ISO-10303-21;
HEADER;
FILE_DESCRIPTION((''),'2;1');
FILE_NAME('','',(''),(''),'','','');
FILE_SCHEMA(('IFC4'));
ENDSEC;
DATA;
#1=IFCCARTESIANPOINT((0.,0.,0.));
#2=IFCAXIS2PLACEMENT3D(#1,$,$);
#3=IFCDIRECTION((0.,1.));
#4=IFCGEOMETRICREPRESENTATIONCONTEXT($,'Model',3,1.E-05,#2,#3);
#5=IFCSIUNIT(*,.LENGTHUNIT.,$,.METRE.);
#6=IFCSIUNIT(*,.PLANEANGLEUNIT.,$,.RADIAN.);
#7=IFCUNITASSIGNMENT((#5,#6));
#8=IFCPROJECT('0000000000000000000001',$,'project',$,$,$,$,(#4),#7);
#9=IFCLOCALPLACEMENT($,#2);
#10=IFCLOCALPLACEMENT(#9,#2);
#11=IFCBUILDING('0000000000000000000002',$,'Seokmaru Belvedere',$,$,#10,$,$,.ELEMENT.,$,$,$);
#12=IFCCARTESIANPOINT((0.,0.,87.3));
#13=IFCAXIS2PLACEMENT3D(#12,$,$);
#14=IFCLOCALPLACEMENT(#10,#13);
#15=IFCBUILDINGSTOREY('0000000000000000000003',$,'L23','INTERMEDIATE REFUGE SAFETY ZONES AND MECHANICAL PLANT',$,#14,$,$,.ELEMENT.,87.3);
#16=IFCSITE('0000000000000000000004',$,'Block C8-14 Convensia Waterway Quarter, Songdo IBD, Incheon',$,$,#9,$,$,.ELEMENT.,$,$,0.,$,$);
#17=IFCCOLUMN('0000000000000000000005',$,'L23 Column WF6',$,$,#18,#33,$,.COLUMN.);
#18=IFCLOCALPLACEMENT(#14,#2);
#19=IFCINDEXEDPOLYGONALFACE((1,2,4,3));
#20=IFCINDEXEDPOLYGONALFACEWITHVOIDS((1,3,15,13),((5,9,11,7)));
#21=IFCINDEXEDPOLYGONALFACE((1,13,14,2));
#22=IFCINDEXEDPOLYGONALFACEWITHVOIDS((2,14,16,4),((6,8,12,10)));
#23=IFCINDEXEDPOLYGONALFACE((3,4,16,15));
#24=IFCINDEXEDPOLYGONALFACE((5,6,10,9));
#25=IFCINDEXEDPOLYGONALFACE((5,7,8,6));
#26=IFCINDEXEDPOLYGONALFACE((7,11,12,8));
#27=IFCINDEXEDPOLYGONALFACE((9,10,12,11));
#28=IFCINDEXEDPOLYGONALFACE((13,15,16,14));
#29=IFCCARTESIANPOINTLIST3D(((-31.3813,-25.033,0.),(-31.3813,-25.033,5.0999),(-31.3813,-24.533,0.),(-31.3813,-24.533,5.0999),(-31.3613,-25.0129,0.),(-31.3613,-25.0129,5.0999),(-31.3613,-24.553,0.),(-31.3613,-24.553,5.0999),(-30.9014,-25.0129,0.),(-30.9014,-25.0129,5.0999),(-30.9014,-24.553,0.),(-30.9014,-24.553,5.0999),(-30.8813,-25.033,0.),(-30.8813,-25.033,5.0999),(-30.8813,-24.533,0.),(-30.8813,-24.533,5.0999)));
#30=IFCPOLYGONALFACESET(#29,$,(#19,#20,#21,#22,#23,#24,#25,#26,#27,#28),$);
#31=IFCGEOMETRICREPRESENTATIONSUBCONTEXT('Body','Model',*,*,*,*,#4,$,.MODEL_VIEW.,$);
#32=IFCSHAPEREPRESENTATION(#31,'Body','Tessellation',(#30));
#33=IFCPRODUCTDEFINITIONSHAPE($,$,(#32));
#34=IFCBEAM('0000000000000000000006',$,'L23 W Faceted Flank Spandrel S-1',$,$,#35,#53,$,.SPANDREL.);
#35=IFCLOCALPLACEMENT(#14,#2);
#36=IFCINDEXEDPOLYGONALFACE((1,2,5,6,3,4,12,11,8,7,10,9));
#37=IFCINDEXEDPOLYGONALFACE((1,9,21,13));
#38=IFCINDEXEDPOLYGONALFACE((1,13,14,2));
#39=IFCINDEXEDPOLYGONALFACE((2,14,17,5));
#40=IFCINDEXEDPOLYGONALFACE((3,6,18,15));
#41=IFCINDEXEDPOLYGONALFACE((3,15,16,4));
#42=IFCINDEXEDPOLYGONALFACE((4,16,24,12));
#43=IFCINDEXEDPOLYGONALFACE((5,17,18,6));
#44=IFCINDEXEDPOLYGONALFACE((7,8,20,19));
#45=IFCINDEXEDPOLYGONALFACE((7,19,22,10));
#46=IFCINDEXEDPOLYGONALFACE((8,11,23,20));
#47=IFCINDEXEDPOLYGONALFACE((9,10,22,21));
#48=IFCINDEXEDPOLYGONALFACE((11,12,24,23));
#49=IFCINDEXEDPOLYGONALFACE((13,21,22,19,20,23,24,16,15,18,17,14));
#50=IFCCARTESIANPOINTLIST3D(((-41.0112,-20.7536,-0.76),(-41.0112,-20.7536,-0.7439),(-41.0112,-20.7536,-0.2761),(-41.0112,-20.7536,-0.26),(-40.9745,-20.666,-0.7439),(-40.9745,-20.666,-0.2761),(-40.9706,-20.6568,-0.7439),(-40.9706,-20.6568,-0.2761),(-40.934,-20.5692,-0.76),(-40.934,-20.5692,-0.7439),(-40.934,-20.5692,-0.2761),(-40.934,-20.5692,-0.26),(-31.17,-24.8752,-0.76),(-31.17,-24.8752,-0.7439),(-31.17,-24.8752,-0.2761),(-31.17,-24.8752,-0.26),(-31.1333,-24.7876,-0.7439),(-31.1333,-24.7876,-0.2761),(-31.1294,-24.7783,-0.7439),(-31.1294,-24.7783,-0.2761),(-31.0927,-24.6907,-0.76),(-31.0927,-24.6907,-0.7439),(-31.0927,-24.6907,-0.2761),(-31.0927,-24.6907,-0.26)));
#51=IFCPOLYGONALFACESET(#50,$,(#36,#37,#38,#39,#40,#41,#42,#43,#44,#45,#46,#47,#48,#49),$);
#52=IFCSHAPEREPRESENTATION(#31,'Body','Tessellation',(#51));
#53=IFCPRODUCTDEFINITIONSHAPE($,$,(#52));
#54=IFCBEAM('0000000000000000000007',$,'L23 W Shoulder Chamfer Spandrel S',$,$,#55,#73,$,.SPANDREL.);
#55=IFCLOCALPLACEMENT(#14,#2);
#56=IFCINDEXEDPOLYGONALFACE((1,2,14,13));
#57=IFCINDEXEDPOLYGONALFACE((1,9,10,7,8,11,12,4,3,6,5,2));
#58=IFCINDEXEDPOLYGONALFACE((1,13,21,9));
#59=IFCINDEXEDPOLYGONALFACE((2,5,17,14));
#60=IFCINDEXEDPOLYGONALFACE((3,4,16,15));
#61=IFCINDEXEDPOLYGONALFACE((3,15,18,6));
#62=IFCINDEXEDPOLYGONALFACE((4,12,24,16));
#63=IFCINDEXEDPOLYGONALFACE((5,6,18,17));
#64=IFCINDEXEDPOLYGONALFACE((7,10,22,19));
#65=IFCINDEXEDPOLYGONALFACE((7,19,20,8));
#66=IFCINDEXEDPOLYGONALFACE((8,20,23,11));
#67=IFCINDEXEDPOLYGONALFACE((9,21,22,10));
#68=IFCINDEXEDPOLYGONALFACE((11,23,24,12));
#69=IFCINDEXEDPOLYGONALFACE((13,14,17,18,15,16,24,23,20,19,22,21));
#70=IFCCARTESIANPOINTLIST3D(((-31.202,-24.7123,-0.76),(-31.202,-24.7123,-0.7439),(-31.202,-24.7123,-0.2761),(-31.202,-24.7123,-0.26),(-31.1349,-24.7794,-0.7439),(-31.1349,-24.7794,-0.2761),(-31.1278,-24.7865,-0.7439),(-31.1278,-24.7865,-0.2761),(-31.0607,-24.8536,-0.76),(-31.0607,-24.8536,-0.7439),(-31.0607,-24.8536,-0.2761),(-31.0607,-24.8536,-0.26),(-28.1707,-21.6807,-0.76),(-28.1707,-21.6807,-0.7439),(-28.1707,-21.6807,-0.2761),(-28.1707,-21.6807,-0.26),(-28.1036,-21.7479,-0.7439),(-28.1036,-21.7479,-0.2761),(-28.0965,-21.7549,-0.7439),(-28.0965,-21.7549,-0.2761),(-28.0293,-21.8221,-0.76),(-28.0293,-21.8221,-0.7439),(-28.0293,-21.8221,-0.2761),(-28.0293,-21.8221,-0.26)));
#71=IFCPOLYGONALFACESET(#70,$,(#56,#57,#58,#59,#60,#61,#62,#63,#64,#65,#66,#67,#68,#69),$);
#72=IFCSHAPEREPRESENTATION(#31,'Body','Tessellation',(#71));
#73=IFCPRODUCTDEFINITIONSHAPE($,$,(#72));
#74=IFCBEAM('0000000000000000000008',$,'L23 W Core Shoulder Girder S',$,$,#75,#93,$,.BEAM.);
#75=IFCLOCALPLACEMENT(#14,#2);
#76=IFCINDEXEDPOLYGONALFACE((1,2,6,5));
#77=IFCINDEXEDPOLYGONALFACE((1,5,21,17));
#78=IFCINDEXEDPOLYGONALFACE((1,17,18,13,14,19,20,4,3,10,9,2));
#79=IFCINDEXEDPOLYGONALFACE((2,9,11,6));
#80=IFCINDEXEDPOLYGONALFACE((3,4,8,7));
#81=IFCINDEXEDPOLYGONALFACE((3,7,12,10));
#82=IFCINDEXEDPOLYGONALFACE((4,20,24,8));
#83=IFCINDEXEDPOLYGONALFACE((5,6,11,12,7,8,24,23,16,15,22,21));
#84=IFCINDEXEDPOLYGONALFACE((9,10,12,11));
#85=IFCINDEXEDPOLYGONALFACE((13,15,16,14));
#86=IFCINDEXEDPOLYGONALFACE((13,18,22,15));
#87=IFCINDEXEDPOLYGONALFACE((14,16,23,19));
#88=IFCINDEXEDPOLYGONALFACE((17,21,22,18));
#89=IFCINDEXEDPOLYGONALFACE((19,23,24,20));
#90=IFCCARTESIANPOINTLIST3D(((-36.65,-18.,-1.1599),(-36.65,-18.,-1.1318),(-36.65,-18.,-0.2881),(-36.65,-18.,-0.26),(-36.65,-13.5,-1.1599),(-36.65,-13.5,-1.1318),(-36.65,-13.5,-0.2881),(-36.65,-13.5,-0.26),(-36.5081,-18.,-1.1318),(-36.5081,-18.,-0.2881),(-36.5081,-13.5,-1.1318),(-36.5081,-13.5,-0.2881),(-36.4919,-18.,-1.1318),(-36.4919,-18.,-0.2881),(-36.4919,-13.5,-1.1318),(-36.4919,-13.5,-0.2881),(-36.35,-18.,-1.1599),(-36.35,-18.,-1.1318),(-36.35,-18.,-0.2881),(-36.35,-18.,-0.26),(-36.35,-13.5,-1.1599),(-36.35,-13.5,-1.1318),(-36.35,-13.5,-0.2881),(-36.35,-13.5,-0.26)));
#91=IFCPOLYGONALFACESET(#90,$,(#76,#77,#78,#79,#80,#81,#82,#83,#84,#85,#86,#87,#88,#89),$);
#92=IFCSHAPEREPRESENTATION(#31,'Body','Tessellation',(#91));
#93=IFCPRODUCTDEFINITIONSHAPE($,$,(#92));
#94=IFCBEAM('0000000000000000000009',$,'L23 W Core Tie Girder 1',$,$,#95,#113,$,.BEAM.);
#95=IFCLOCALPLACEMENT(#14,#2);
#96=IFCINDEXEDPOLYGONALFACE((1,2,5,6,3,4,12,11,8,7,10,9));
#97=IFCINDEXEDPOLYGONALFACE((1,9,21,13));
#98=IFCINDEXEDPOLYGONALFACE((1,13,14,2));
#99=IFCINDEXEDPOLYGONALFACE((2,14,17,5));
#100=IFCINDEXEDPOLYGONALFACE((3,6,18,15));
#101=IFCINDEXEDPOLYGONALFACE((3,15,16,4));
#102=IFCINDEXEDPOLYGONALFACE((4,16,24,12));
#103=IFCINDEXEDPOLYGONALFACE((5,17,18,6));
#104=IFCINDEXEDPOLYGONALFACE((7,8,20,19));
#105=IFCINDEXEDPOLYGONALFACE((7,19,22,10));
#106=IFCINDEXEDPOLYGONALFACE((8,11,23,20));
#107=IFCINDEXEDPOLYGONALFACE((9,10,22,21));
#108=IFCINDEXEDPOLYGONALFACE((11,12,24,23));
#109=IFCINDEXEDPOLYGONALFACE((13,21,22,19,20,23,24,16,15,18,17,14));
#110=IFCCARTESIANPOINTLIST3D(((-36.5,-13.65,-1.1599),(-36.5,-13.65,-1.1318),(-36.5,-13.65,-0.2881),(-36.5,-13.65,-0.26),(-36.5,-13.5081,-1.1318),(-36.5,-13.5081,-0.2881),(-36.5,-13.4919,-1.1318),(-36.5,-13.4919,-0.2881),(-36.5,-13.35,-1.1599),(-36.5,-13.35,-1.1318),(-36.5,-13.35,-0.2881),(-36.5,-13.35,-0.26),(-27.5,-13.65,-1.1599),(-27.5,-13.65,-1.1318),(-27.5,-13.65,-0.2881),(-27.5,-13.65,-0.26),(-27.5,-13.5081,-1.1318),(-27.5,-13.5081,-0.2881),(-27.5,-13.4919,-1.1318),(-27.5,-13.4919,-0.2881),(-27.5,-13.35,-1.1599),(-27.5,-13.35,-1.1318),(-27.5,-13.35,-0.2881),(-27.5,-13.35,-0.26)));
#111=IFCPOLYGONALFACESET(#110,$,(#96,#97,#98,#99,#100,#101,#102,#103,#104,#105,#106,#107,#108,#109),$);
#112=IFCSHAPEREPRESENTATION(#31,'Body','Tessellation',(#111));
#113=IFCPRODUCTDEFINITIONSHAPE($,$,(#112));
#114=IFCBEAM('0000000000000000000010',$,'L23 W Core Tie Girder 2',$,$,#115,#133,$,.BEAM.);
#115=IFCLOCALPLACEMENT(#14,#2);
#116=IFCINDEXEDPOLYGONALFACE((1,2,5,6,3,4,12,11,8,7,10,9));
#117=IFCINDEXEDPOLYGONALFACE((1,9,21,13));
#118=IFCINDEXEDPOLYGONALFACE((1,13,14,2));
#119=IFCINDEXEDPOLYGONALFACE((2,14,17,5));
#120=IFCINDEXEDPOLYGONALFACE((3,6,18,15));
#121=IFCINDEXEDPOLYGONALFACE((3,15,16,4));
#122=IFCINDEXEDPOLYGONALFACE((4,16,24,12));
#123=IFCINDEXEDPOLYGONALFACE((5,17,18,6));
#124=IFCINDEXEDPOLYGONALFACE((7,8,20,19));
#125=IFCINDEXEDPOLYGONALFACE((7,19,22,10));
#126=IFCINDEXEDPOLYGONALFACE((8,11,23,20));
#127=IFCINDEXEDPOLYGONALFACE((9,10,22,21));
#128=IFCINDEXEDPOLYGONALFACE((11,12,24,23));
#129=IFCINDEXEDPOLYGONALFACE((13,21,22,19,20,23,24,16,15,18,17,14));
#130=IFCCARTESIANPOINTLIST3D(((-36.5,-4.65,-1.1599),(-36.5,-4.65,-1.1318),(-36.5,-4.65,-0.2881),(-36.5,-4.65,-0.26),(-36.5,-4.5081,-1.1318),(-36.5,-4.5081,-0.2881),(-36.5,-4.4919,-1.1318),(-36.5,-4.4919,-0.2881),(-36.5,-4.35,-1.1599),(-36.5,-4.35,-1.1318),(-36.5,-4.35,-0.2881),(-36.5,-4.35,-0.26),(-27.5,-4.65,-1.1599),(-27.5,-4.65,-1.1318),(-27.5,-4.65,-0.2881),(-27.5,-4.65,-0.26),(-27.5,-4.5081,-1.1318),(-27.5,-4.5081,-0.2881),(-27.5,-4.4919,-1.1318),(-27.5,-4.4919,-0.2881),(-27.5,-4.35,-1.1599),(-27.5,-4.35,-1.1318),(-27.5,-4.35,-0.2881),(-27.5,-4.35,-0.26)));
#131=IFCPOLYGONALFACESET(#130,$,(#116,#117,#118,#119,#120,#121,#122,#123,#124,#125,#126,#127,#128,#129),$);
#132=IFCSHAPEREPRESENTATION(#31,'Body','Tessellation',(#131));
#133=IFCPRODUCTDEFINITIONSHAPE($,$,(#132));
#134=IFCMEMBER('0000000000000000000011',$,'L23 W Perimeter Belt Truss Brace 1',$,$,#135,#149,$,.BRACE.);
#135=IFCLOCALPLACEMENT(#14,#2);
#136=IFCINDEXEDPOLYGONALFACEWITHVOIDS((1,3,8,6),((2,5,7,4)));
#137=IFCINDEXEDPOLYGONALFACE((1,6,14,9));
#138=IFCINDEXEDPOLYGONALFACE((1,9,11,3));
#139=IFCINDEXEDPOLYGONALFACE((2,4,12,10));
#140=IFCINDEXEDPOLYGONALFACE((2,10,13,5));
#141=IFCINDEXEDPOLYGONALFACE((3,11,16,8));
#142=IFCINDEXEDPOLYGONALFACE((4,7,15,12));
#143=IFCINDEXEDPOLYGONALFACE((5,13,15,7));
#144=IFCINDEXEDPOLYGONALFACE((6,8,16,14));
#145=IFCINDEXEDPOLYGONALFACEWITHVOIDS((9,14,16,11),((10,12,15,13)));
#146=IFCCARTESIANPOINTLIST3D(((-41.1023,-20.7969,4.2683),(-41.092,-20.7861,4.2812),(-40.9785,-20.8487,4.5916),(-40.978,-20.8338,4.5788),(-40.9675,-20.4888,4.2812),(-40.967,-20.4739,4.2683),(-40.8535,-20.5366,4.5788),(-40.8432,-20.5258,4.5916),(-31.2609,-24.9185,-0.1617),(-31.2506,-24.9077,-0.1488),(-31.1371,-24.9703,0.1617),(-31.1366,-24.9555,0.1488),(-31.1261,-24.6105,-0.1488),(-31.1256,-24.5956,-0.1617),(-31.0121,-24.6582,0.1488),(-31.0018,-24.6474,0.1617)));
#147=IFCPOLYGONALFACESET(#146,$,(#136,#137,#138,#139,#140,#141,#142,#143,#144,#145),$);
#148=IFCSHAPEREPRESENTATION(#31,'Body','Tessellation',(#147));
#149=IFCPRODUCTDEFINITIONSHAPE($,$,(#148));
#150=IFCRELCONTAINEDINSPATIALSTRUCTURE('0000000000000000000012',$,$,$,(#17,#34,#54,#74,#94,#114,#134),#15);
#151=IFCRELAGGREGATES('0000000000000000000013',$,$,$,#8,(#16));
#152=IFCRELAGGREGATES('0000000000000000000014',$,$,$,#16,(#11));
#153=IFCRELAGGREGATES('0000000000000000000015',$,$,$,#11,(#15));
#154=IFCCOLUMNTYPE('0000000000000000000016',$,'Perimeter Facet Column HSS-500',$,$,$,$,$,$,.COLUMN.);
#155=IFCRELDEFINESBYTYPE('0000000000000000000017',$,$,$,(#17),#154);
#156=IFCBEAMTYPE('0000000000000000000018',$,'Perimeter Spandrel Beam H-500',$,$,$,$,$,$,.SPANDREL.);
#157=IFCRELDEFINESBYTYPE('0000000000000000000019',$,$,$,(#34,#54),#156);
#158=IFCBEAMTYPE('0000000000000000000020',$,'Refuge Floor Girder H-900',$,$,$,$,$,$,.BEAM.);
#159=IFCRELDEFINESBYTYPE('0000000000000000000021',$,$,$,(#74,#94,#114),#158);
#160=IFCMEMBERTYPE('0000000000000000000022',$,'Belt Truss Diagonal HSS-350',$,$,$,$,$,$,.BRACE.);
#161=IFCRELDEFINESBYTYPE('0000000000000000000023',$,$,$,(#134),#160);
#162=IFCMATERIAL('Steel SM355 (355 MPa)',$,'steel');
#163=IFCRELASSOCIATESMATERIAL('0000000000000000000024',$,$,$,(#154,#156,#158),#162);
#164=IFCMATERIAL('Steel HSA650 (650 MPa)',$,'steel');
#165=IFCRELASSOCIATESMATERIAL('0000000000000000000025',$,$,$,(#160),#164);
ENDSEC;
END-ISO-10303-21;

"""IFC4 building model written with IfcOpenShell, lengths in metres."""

from ifc_helpers import new_model, si_unit, direction, frame, origin, origin_2d, place, context, subcontext, project, spatial, hollow_rectangle, i_section, extrude, source, transform, mapped, material, material_profile, profile_set, type_object, type_shapes, element, save


model = new_model("IFC4")

# Units and contexts
model_context = context("Model", 3, precision=1e-05, world=origin(), true_north=direction((0.0, 1.0)))
body_context = subcontext(model_context, "Body", "Model", "MODEL_VIEW")
ifc_project = project(units=[si_unit("LENGTHUNIT", "METRE"), si_unit("PLANEANGLEUNIT", "RADIAN")], contexts=[model_context])

# Site, building, storey
site_placement = place(None, origin())
site = spatial("IfcSite", under=ifc_project, at=site_placement, Name="Block C8-14 Convensia Waterway Quarter, Songdo IBD, Incheon", CompositionType="ELEMENT", RefElevation=0.0)
building_placement = place(site_placement, origin())
building = spatial("IfcBuilding", under=site, at=building_placement, Name="Seokmaru Belvedere", CompositionType="ELEMENT")
storey_placement = place(building_placement, frame((0.0, 0.0, 87.3)))
storey = spatial("IfcBuildingStorey", under=building, at=storey_placement, Name="L23", Description="INTERMEDIATE REFUGE SAFETY ZONES AND MECHANICAL PLANT", CompositionType="ELEMENT", Elevation=87.3)

# Column
ifc_material_1 = material(Name="Steel SM355 (355 MPa)", Category="steel")
ifc_material_profile_1 = material_profile(ifc_material_1, hollow_rectangle(XDim=0.5, YDim=0.5, WallThickness=0.02, at=origin_2d()), Name="HSS-500x500x20")
ifc_profile_set_1 = profile_set([ifc_material_profile_1], Name="Steel SM355 (355 MPa)")
column_type = type_object("IfcColumnType", Name="Perimeter Facet Column HSS-500", PredefinedType="COLUMN", material=ifc_profile_set_1)
shared_shape_1 = source(origin(), body_context, "Body", "SweptSolid", [
    extrude(hollow_rectangle(XDim=0.5, YDim=0.5, WallThickness=0.02, at=origin_2d()), origin(), (0.0, 0.0, 1.0), 5.0999),
])
type_shapes(column_type, [shared_shape_1])
column_placement = place(storey_placement, frame((-31.1313, -24.783, 0.0), z_axis=(0.0, 0.0, 1.0), x_axis=(1.0, 0.0, 0.0)))
element("IfcColumn", 1, at=column_placement, inside=storey, type_object=column_type, Name="L23 Column WF6", PredefinedType="COLUMN", context=body_context, shape_type="MappedRepresentation", body=[
    mapped(shared_shape_1, transform((0.0, 0.0, 0.0), scale=1.0)),
])

# Beams
ifc_material_profile_2 = material_profile(ifc_material_1, i_section(OverallWidth=0.2, OverallDepth=0.5, WebThickness=0.01, FlangeThickness=0.0161, at=origin_2d()), Name="H-500x200x10x16")
ifc_profile_set_2 = profile_set([ifc_material_profile_2], Name="Steel SM355 (355 MPa)")
beam_type_1 = type_object("IfcBeamType", Name="Perimeter Spandrel Beam H-500", PredefinedType="SPANDREL", material=ifc_profile_set_2)
shared_shape_2 = source(origin(), body_context, "Body", "SweptSolid", [
    extrude(i_section(OverallWidth=0.2, OverallDepth=0.5, WebThickness=0.01, FlangeThickness=0.0161, at=origin_2d()), origin(), (0.0, 0.0, 1.0), 10.6694),
])
beam_1_placement = place(storey_placement, frame((-31.1313, -24.783, -0.51), z_axis=(-0.922375, 0.386295, 0.0), x_axis=(-0.386295, -0.922375, 0.0)))
element("IfcBeam", 2, at=beam_1_placement, inside=storey, type_object=beam_type_1, Name="L23 W Faceted Flank Spandrel S-1", PredefinedType="SPANDREL", context=body_context, shape_type="MappedRepresentation", body=[
    mapped(shared_shape_2, transform((0.0, 0.0, 0.0), scale=1.0)),
])
shared_shape_3 = source(origin(), body_context, "Body", "SweptSolid", [
    extrude(i_section(OverallWidth=0.2, OverallDepth=0.5, WebThickness=0.01, FlangeThickness=0.0161, at=origin_2d()), origin(), (0.0, 0.0, 1.0), 4.2871),
])
type_shapes(beam_type_1, [shared_shape_2, shared_shape_3])
beam_2_placement = place(storey_placement, frame((-31.1313, -24.783, -0.51), z_axis=(0.707078, 0.707135, 0.0), x_axis=(-0.707135, 0.707078, 0.0)))
element("IfcBeam", 3, at=beam_2_placement, inside=storey, type_object=beam_type_1, Name="L23 W Shoulder Chamfer Spandrel S", PredefinedType="SPANDREL", context=body_context, shape_type="MappedRepresentation", body=[
    mapped(shared_shape_3, transform((0.0, 0.0, 0.0), scale=1.0)),
])
ifc_material_profile_3 = material_profile(ifc_material_1, i_section(OverallWidth=0.3, OverallDepth=0.8999, WebThickness=0.0161, FlangeThickness=0.0281, at=origin_2d()), Name="H-900x300x16x28")
ifc_profile_set_3 = profile_set([ifc_material_profile_3], Name="Steel SM355 (355 MPa)")
beam_type_2 = type_object("IfcBeamType", Name="Refuge Floor Girder H-900", PredefinedType="BEAM", material=ifc_profile_set_3)
shared_shape_4 = source(origin(), body_context, "Body", "SweptSolid", [
    extrude(i_section(OverallWidth=0.3, OverallDepth=0.8999, WebThickness=0.0161, FlangeThickness=0.0281, at=origin_2d()), origin(), (0.0, 0.0, 1.0), 4.5),
])
beam_3_placement = place(storey_placement, frame((-36.5, -18.0, -0.71), z_axis=(0.0, 1.0, 0.0), x_axis=(-1.0, 0.0, 0.0)))
element("IfcBeam", 4, at=beam_3_placement, inside=storey, type_object=beam_type_2, Name="L23 W Core Shoulder Girder S", PredefinedType="BEAM", context=body_context, shape_type="MappedRepresentation", body=[
    mapped(shared_shape_4, transform((0.0, 0.0, 0.0), scale=1.0)),
])
shared_shape_5 = source(origin(), body_context, "Body", "SweptSolid", [
    extrude(i_section(OverallWidth=0.3, OverallDepth=0.8999, WebThickness=0.0161, FlangeThickness=0.0281, at=origin_2d()), origin(), (0.0, 0.0, 1.0), 9.0),
])
type_shapes(beam_type_2, [shared_shape_4, shared_shape_5])
for number, where, z_axis, x_axis, name in (
    (5, (-36.5, -13.5, -0.71), (1.0, 0.0, 0.0), (0.0, 1.0, 0.0), "L23 W Core Tie Girder 1"),
    (6, (-36.5, -4.5, -0.71), (1.0, 0.0, 0.0), (0.0, 1.0, 0.0), "L23 W Core Tie Girder 2"),
):
    element("IfcBeam", number, at=place(storey_placement, frame(where, z_axis=z_axis, x_axis=x_axis)), inside=storey, type_object=beam_type_2, Name=name, PredefinedType="BEAM", context=body_context, shape_type="MappedRepresentation", body=[
        mapped(shared_shape_5, transform((0.0, 0.0, 0.0), scale=1.0)),
    ])

# Member
ifc_material_2 = material(Name="Steel HSA650 (650 MPa)", Category="steel")
ifc_material_profile_4 = material_profile(ifc_material_2, hollow_rectangle(XDim=0.3501, YDim=0.3501, WallThickness=0.0139, at=origin_2d()), Name="HSS-350x350x14")
ifc_profile_set_4 = profile_set([ifc_material_profile_4], Name="Steel HSA650 (650 MPa)")
member_type_1 = type_object("IfcMemberType", Name="Belt Truss Diagonal HSS-350", PredefinedType="BRACE", material=ifc_profile_set_4)
shared_shape_6 = source(origin(), body_context, "Body", "SweptSolid", [
    extrude(hollow_rectangle(XDim=0.3501, YDim=0.3501, WallThickness=0.0139, at=origin_2d()), origin(), (0.0, 0.0, 1.0), 11.5527),
])
type_shapes(member_type_1, [shared_shape_6])
member_1_placement = place(storey_placement, frame((-31.1313, -24.783, 0.0), z_axis=(-0.851868, 0.356766, 0.383457), x_axis=(-0.386295, -0.922375, 0.0)))
element("IfcMember", 7, at=member_1_placement, inside=storey, type_object=member_type_1, Name="L23 W Perimeter Belt Truss Brace 1", PredefinedType="BRACE", context=body_context, shape_type="MappedRepresentation", body=[
    mapped(shared_shape_6, transform((0.0, 0.0, 0.0), scale=1.0)),
])

save(model, "model.ifc")
